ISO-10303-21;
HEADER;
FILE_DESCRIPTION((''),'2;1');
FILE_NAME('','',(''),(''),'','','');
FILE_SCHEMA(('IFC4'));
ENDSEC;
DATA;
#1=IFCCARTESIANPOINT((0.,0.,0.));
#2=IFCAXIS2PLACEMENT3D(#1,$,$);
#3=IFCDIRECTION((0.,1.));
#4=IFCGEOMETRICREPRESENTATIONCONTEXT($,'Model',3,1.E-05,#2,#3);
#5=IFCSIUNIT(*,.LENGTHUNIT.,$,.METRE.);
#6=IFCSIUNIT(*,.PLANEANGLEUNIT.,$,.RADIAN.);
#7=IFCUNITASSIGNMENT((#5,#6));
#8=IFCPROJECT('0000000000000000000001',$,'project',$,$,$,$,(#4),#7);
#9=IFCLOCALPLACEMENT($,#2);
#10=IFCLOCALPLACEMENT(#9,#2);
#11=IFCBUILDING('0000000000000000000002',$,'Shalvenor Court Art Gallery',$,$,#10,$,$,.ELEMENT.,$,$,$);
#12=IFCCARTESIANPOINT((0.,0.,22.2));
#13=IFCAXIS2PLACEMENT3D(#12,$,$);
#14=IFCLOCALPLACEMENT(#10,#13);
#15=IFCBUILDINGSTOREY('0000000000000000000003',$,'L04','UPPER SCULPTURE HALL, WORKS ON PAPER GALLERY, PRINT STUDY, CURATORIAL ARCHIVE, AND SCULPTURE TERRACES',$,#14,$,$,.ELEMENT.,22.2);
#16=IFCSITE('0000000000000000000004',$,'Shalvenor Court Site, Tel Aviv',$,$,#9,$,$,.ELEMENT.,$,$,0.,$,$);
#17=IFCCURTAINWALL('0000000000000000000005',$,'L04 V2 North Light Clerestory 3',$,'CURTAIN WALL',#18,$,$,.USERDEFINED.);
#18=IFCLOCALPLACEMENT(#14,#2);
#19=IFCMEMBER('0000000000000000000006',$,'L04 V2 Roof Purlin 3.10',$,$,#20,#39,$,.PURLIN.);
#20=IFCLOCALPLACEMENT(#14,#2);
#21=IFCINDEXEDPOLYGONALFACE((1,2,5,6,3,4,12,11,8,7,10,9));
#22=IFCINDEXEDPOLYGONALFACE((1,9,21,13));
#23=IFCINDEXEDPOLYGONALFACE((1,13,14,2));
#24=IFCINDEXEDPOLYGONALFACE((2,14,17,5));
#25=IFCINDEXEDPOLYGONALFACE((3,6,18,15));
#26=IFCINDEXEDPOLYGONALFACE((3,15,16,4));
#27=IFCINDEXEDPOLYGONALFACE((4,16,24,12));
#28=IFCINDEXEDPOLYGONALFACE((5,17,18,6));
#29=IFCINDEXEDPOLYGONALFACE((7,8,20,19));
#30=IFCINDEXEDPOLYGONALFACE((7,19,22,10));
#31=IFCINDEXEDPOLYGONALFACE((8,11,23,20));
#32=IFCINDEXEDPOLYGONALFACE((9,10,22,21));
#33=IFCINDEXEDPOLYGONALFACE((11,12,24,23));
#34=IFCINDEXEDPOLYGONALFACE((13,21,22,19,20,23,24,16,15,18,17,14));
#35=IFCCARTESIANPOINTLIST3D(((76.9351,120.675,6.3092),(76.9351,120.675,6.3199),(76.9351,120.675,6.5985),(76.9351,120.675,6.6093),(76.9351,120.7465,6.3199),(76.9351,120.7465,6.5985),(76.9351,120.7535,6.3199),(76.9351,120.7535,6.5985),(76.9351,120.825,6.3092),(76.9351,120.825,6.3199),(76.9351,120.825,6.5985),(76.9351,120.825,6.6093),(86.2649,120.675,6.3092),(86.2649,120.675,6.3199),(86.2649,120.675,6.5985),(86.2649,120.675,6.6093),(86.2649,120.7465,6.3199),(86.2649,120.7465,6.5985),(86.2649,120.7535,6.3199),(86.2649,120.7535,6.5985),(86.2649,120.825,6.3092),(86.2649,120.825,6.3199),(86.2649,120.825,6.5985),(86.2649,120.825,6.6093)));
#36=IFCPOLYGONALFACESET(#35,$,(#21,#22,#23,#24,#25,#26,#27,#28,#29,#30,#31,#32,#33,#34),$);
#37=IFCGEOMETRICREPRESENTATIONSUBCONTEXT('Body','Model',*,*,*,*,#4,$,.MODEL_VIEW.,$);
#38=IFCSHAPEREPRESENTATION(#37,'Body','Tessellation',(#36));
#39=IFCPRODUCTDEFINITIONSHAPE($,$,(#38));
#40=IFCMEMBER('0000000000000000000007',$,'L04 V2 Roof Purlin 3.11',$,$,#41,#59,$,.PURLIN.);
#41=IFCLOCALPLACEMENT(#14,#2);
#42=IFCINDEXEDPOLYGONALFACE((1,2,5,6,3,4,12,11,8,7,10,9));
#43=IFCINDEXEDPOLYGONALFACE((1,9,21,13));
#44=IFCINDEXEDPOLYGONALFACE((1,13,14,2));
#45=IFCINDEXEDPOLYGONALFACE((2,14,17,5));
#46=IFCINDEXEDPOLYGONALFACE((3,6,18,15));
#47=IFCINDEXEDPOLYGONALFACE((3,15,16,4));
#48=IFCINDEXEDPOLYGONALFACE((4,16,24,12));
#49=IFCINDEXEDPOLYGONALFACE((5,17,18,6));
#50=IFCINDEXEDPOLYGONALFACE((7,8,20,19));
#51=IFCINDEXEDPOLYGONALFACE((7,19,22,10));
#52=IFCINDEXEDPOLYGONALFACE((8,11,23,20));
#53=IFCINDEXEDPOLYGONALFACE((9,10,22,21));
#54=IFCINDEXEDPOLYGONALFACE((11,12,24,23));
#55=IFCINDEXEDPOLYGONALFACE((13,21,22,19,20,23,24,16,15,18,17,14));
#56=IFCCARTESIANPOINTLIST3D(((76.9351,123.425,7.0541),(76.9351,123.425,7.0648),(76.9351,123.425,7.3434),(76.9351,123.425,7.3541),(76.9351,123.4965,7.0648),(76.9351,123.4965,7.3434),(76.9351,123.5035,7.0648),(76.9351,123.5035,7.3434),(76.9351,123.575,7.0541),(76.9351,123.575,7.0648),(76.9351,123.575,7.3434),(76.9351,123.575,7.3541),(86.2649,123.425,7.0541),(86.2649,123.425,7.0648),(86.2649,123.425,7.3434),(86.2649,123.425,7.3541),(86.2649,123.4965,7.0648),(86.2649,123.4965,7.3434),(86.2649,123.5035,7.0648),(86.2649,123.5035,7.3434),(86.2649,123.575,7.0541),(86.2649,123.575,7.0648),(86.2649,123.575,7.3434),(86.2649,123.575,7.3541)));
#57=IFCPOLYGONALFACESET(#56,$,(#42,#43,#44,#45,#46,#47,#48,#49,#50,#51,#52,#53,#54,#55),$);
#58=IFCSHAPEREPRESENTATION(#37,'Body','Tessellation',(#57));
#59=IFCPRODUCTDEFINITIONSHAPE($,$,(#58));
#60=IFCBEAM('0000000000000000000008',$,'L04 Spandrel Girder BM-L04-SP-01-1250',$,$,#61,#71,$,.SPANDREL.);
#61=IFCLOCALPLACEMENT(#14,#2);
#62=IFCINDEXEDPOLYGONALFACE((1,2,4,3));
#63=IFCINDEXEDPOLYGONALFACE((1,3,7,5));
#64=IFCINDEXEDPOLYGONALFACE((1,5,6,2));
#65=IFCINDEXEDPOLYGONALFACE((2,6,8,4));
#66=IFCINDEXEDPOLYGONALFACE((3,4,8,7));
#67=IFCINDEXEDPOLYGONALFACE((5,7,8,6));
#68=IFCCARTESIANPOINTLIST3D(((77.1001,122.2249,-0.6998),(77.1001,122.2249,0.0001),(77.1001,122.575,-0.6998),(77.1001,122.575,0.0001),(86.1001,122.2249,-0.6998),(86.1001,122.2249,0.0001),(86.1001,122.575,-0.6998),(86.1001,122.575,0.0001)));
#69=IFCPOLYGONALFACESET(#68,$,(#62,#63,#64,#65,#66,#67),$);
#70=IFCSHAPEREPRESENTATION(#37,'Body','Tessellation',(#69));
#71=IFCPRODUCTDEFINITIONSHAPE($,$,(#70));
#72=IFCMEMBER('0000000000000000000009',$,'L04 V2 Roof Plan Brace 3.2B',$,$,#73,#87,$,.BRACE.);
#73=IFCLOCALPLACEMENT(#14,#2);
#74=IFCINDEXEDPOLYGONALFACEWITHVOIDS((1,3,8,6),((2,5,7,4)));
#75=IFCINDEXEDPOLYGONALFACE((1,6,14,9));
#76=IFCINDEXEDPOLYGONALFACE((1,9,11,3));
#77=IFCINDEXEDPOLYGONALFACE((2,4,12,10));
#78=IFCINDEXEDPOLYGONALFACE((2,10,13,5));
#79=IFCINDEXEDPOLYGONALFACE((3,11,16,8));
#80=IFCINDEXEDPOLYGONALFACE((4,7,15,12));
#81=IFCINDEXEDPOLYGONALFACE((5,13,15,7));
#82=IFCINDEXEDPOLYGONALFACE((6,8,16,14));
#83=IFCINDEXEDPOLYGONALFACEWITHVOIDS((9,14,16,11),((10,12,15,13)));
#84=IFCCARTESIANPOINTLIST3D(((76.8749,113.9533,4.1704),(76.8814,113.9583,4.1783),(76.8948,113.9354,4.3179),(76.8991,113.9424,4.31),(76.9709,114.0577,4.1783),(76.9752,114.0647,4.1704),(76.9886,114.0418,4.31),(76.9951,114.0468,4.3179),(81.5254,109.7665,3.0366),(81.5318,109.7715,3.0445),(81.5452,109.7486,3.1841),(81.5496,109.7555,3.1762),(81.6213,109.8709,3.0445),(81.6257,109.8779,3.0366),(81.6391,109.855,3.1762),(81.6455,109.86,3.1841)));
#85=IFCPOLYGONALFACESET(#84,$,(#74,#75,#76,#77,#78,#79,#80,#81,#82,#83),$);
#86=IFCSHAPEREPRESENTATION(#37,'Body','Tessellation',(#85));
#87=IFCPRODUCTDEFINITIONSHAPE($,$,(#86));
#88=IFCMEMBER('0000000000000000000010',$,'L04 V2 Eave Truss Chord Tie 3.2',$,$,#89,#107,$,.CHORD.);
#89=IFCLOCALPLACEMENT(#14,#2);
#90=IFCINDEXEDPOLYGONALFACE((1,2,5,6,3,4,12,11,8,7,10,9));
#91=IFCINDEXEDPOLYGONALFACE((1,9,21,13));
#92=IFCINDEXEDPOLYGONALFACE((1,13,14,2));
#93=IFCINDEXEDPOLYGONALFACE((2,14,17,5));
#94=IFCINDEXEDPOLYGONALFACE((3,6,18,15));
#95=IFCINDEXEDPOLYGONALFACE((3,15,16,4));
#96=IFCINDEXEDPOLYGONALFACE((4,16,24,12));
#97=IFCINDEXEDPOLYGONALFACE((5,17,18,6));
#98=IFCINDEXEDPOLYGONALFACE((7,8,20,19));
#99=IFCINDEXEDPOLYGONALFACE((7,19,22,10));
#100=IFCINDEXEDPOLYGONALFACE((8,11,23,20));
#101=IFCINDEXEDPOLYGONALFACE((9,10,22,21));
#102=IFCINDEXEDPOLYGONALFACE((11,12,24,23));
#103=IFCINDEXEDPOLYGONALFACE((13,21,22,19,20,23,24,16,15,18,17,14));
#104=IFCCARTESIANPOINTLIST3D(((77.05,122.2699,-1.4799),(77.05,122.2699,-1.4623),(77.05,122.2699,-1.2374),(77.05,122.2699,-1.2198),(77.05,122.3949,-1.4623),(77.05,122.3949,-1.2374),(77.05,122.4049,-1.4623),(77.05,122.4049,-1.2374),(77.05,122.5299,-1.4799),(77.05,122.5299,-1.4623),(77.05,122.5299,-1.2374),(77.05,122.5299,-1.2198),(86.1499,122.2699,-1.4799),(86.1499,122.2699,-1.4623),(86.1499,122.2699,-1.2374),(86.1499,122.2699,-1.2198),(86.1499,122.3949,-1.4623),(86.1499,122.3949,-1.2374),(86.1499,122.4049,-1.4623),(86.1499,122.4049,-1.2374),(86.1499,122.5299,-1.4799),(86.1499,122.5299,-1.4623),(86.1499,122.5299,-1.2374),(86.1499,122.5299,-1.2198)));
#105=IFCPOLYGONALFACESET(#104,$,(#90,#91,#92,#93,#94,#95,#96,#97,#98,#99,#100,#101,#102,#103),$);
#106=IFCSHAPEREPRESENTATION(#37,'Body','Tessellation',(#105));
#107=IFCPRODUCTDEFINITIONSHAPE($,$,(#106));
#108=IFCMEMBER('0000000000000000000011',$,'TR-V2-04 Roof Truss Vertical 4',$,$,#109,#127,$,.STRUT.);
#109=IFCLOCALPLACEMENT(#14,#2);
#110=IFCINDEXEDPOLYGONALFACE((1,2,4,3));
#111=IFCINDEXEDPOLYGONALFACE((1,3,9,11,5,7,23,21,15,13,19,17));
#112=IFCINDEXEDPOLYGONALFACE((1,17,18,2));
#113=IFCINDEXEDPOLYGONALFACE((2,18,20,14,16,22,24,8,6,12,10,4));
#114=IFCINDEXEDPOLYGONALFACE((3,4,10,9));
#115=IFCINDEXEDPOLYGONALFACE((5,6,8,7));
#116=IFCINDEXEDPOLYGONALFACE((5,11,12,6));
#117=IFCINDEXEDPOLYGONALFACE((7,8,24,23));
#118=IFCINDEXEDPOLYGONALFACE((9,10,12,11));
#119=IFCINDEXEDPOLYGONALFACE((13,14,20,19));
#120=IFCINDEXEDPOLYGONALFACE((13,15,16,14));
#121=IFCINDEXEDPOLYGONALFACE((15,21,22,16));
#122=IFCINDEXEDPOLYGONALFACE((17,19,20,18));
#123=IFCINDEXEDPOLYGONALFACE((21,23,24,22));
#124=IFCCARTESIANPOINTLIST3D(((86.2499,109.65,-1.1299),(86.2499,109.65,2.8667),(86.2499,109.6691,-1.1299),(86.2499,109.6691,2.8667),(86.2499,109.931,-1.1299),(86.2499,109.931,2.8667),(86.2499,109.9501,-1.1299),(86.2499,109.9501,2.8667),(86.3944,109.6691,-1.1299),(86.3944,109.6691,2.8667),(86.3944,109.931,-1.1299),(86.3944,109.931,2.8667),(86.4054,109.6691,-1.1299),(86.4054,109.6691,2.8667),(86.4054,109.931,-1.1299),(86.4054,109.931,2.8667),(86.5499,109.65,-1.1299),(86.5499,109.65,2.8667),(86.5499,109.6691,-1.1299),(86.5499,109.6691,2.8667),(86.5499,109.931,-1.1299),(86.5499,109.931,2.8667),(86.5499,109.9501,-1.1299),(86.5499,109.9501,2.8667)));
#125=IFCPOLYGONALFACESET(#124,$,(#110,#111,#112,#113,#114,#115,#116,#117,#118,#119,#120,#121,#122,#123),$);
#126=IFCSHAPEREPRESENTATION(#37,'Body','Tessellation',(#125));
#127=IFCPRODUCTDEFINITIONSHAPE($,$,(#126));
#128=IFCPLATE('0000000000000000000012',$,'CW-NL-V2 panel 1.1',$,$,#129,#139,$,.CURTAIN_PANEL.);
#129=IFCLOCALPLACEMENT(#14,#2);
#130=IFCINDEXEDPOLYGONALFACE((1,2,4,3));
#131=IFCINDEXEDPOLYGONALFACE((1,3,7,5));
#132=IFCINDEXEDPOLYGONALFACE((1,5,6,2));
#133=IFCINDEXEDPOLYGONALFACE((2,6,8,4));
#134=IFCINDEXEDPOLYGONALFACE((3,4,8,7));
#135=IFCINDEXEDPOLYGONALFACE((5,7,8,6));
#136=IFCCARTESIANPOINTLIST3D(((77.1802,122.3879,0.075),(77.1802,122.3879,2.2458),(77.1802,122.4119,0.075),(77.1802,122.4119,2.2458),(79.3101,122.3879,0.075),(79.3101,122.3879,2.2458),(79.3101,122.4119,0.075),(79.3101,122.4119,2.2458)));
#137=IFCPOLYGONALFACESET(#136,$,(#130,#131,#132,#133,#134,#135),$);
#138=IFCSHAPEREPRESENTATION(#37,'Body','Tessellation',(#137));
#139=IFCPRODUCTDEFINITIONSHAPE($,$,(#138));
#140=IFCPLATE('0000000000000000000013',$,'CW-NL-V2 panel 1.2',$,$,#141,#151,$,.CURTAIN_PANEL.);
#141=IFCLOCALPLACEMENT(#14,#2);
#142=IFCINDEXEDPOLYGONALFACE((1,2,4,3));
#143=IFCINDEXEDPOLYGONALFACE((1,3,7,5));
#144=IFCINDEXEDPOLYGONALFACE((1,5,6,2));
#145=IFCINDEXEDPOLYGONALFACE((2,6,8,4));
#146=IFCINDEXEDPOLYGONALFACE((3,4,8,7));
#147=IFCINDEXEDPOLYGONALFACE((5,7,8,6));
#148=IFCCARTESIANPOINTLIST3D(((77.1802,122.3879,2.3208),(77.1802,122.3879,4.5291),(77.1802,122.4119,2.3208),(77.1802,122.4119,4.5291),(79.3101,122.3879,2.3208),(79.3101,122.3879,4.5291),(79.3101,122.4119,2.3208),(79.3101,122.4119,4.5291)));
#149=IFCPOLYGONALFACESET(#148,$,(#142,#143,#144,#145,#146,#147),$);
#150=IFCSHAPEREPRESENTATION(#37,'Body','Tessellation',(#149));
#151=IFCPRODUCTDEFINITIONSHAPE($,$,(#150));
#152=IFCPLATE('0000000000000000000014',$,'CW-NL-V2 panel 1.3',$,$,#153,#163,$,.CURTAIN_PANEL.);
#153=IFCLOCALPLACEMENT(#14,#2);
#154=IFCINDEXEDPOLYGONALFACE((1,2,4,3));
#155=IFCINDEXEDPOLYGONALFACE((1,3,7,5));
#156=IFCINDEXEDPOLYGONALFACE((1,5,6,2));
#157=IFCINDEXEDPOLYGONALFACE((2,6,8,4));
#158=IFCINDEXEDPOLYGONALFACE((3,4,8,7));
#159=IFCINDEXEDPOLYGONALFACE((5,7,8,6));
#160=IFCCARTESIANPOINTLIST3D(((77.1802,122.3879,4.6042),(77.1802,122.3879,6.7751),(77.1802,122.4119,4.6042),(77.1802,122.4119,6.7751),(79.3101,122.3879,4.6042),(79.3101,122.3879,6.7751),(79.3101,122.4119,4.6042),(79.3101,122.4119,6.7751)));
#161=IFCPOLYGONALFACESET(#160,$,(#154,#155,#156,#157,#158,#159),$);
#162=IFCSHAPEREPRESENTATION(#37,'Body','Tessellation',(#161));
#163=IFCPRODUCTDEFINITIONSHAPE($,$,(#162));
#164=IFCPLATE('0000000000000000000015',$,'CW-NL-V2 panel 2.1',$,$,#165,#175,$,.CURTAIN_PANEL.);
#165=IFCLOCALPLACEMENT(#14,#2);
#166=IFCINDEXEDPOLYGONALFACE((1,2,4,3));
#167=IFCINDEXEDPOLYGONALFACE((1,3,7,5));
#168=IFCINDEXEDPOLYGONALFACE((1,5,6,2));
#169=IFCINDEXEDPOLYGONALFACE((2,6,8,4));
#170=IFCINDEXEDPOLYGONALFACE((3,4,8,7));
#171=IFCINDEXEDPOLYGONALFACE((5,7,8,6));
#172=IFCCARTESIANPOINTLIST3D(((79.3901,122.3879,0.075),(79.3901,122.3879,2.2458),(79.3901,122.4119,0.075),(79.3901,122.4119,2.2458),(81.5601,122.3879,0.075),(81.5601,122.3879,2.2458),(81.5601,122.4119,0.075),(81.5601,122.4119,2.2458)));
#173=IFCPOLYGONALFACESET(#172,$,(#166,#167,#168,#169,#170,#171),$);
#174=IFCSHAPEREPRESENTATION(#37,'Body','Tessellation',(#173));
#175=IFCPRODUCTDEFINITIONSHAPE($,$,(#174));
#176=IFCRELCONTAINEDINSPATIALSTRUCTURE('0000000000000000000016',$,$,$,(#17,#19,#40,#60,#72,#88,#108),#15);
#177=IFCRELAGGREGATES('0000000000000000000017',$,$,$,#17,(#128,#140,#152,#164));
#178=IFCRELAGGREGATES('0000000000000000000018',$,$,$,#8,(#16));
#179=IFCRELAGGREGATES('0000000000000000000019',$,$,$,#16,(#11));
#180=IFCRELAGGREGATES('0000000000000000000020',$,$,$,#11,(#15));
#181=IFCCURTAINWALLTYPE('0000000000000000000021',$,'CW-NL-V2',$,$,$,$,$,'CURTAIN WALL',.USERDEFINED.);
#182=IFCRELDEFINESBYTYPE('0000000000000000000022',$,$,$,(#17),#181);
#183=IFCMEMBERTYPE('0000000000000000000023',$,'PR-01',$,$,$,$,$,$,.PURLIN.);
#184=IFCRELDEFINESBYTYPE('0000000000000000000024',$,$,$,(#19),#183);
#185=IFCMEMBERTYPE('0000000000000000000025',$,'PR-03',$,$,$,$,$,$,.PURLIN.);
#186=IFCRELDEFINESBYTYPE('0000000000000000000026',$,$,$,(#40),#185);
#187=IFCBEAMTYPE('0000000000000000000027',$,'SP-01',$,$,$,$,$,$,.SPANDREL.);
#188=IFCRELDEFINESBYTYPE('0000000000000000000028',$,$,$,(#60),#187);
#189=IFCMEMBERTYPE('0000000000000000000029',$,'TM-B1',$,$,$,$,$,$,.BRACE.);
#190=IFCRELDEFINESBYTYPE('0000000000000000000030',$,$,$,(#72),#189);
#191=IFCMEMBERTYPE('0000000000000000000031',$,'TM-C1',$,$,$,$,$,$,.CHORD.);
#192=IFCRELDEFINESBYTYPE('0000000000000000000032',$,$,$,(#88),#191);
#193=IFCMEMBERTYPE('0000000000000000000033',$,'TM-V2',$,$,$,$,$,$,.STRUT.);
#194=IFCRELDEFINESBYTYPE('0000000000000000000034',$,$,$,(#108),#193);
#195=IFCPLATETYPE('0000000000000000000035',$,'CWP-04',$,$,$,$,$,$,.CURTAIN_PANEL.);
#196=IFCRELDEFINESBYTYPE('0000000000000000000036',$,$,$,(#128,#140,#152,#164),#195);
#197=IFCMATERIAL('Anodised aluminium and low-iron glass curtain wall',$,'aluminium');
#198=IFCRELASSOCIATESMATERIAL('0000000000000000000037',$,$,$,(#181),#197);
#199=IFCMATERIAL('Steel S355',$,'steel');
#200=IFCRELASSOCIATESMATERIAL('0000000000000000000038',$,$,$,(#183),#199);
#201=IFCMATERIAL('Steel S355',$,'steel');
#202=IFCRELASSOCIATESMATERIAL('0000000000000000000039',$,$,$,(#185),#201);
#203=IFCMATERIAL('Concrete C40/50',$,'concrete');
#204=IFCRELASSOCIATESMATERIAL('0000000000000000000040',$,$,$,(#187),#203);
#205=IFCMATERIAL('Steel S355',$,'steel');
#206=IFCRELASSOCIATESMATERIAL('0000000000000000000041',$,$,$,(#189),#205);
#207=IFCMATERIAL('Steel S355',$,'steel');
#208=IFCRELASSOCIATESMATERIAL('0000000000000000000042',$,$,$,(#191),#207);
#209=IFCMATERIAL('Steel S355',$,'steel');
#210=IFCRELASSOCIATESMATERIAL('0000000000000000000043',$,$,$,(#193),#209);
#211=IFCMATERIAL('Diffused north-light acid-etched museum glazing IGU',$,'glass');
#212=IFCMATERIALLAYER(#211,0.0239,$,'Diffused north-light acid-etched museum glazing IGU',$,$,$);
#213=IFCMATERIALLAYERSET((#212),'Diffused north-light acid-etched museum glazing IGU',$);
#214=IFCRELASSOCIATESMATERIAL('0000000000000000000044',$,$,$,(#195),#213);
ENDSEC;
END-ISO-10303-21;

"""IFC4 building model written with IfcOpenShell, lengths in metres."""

from ifc_helpers import new_model, si_unit, direction, frame, origin, origin_2d, place, context, subcontext, project, spatial, rectangle, hollow_rectangle, i_section, extrude, material, layer, layer_set, material_profile, profile_set, type_object, element, aggregate, save


model = new_model("IFC4")

# Units and contexts
model_context = context("Model", 3, precision=1e-05, world=origin(), true_north=direction((0.0, 1.0)))
body_context = subcontext(model_context, "Body", "Model", "MODEL_VIEW")
ifc_project = project(units=[si_unit("LENGTHUNIT", "METRE"), si_unit("PLANEANGLEUNIT", "RADIAN")], contexts=[model_context])

# Site, building, storey
site_placement = place(None, origin())
site = spatial("IfcSite", under=ifc_project, at=site_placement, Name="Shalvenor Court Site, Tel Aviv", CompositionType="ELEMENT", RefElevation=0.0)
building_placement = place(site_placement, origin())
building = spatial("IfcBuilding", under=site, at=building_placement, Name="Shalvenor Court Art Gallery", CompositionType="ELEMENT")
storey_placement = place(building_placement, frame((0.0, 0.0, 22.2)))
storey = spatial("IfcBuildingStorey", under=building, at=storey_placement, Name="L04", Description="UPPER SCULPTURE HALL, WORKS ON PAPER GALLERY, PRINT STUDY, CURATORIAL ARCHIVE, AND SCULPTURE TERRACES", CompositionType="ELEMENT", Elevation=22.2)

# Curtain wall
ifc_material_1 = material(Name="Anodised aluminium and low-iron glass curtain wall", Category="aluminium")
curtain_wall_type = type_object("IfcCurtainWallType", Name="CW-NL-V2", ElementType="CURTAIN WALL", PredefinedType="USERDEFINED", material=ifc_material_1)
curtain_wall_placement = place(storey_placement, origin())
curtain_wall = element("IfcCurtainWall", 1, at=curtain_wall_placement, inside=storey, type_object=curtain_wall_type, Name="L04 V2 North Light Clerestory 3", ObjectType="CURTAIN WALL", PredefinedType="USERDEFINED")

# Members
ifc_material_2 = material(Name="Steel S355", Category="steel")
ifc_material_profile_1 = material_profile(ifc_material_2, i_section(OverallWidth=0.1499, OverallDepth=0.3, WebThickness=0.0071, FlangeThickness=0.0107, at=origin_2d()), Name="IPE 300")
ifc_profile_set_1 = profile_set([ifc_material_profile_1], Name="Steel S355")
member_type_1 = type_object("IfcMemberType", Name="PR-01", PredefinedType="PURLIN", material=ifc_profile_set_1)
for number, where, z_axis, x_axis, name in (
    (2, (76.9351, 120.75, 6.4592), (1.0, 0.0, 0.0), (0.0, 1.0, 0.0), "L04 V2 Roof Purlin 3.10"),
):
    element("IfcMember", number, at=place(storey_placement, frame(where, z_axis=z_axis, x_axis=x_axis)), inside=storey, type_object=member_type_1, Name=name, PredefinedType="PURLIN", context=body_context, shape_type="SweptSolid", body=[
        extrude(i_section(OverallWidth=0.1499, OverallDepth=0.3, WebThickness=0.0071, FlangeThickness=0.0107, at=origin_2d()), origin(), (0.0, 0.0, 1.0), 9.3298),
    ])
ifc_material_3 = material(Name="Steel S355", Category="steel")
ifc_material_profile_2 = material_profile(ifc_material_3, i_section(OverallWidth=0.1499, OverallDepth=0.3, WebThickness=0.0071, FlangeThickness=0.0107, at=origin_2d()), Name="IPE 300")
ifc_profile_set_2 = profile_set([ifc_material_profile_2], Name="Steel S355")
member_type_2 = type_object("IfcMemberType", Name="PR-03", PredefinedType="PURLIN", material=ifc_profile_set_2)
member_1_placement = place(storey_placement, frame((76.9351, 123.5, 7.2041), z_axis=(1.0, 0.0, 0.0), x_axis=(0.0, 1.0, 0.0)))
element("IfcMember", 3, at=member_1_placement, inside=storey, type_object=member_type_2, Name="L04 V2 Roof Purlin 3.11", PredefinedType="PURLIN", context=body_context, shape_type="SweptSolid", body=[
    extrude(i_section(OverallWidth=0.1499, OverallDepth=0.3, WebThickness=0.0071, FlangeThickness=0.0107, at=origin_2d()), origin(), (0.0, 0.0, 1.0), 9.3298),
])

# Beam
ifc_material_4 = material(Name="Concrete C40/50", Category="concrete")
ifc_material_profile_3 = material_profile(ifc_material_4, rectangle(XDim=0.3501, YDim=0.7, at=origin_2d()), Name="RC 350x700")
ifc_profile_set_3 = profile_set([ifc_material_profile_3], Name="Concrete C40/50")
beam_type = type_object("IfcBeamType", Name="SP-01", PredefinedType="SPANDREL", material=ifc_profile_set_3)
beam_placement = place(storey_placement, frame((77.1001, 122.3999, -0.3499), z_axis=(1.0, 0.0, 0.0), x_axis=(0.0, 1.0, 0.0)))
element("IfcBeam", 4, at=beam_placement, inside=storey, type_object=beam_type, Name="L04 Spandrel Girder BM-L04-SP-01-1250", PredefinedType="SPANDREL", context=body_context, shape_type="SweptSolid", body=[
    extrude(rectangle(XDim=0.3501, YDim=0.7, at=origin_2d()), origin(), (0.0, 0.0, 1.0), 9.0),
])

# Members
ifc_material_5 = material(Name="Steel S355", Category="steel")
ifc_material_profile_4 = material_profile(ifc_material_5, hollow_rectangle(XDim=0.1499, YDim=0.1499, WallThickness=0.0081, at=origin_2d()), Name="SHS 150x150x8.0")
ifc_profile_set_4 = profile_set([ifc_material_profile_4], Name="Steel S355")
member_type_3 = type_object("IfcMemberType", Name="TM-B1", PredefinedType="BRACE", material=ifc_profile_set_4)
member_2_placement = place(storey_placement, frame((81.5854, 109.8132, 3.1104), z_axis=(-0.731275, 0.65837, 0.178288), x_axis=(-0.66909, -0.743182, 0.0)))
element("IfcMember", 5, at=member_2_placement, inside=storey, type_object=member_type_3, Name="L04 V2 Roof Plan Brace 3.2B", PredefinedType="BRACE", context=body_context, shape_type="SweptSolid", body=[
    extrude(hollow_rectangle(XDim=0.1499, YDim=0.1499, WallThickness=0.0081, at=origin_2d()), origin(), (0.0, 0.0, 1.0), 6.3594),
])
ifc_material_6 = material(Name="Steel S355", Category="steel")
ifc_material_profile_5 = material_profile(ifc_material_6, i_section(OverallWidth=0.26, OverallDepth=0.26, WebThickness=0.01, FlangeThickness=0.0176, at=origin_2d()), Name="HEB 260")
ifc_profile_set_5 = profile_set([ifc_material_profile_5], Name="Steel S355")
member_type_4 = type_object("IfcMemberType", Name="TM-C1", PredefinedType="CHORD", material=ifc_profile_set_5)
member_3_placement = place(storey_placement, frame((77.05, 122.3999, -1.3499), z_axis=(1.0, 0.0, 0.0), x_axis=(0.0, 1.0, 0.0)))
element("IfcMember", 6, at=member_3_placement, inside=storey, type_object=member_type_4, Name="L04 V2 Eave Truss Chord Tie 3.2", PredefinedType="CHORD", context=body_context, shape_type="SweptSolid", body=[
    extrude(i_section(OverallWidth=0.26, OverallDepth=0.26, WebThickness=0.01, FlangeThickness=0.0176, at=origin_2d()), origin(), (0.0, 0.0, 1.0), 9.0999),
])
ifc_material_7 = material(Name="Steel S355", Category="steel")
ifc_material_profile_6 = material_profile(ifc_material_7, i_section(OverallWidth=0.3, OverallDepth=0.3, WebThickness=0.011, FlangeThickness=0.019, at=origin_2d()), Name="HEB 300")
ifc_profile_set_6 = profile_set([ifc_material_profile_6], Name="Steel S355")
member_type_5 = type_object("IfcMemberType", Name="TM-V2", PredefinedType="STRUT", material=ifc_profile_set_6)
member_4_placement = place(storey_placement, frame((86.3999, 109.8, -1.1299), z_axis=(0.0, 0.0, 1.0), x_axis=(1.0, 0.0, 0.0)))
element("IfcMember", 7, at=member_4_placement, inside=storey, type_object=member_type_5, Name="TR-V2-04 Roof Truss Vertical 4", PredefinedType="STRUT", context=body_context, shape_type="SweptSolid", body=[
    extrude(i_section(OverallWidth=0.3, OverallDepth=0.3, WebThickness=0.011, FlangeThickness=0.019, at=origin_2d()), origin(), (0.0, 0.0, 1.0), 3.9966),
])

# Plates
ifc_material_8 = material(Name="Diffused north-light acid-etched museum glazing IGU", Category="glass")
ifc_layer_1 = layer(ifc_material_8, 0.0239, Name="Diffused north-light acid-etched museum glazing IGU")
ifc_layer_set_1 = layer_set([ifc_layer_1], Name="Diffused north-light acid-etched museum glazing IGU")
plate_type_1 = type_object("IfcPlateType", Name="CWP-04", PredefinedType="CURTAIN_PANEL", material=ifc_layer_set_1)
plate_1_placement = place(storey_placement, frame((78.2451, 122.3999, 0.075), z_axis=(0.0, 0.0, 1.0), x_axis=(1.0, 0.0, 0.0)))
plate_1 = element("IfcPlate", 8, at=plate_1_placement, type_object=plate_type_1, Name="CW-NL-V2 panel 1.1", PredefinedType="CURTAIN_PANEL", context=body_context, shape_type="SweptSolid", body=[
    extrude(rectangle(XDim=2.1299, YDim=0.0239, at=origin_2d()), origin(), (0.0, 0.0, 1.0), 2.1709),
])
plate_2_placement = place(storey_placement, frame((78.2451, 122.3999, 2.3208), z_axis=(0.0, 0.0, 1.0), x_axis=(1.0, 0.0, 0.0)))
plate_2 = element("IfcPlate", 9, at=plate_2_placement, type_object=plate_type_1, Name="CW-NL-V2 panel 1.2", PredefinedType="CURTAIN_PANEL", context=body_context, shape_type="SweptSolid", body=[
    extrude(rectangle(XDim=2.1299, YDim=0.0239, at=origin_2d()), origin(), (0.0, 0.0, 1.0), 2.2083),
])
plate_3_placement = place(storey_placement, frame((78.2451, 122.3999, 4.6042), z_axis=(0.0, 0.0, 1.0), x_axis=(1.0, 0.0, 0.0)))
plate_3 = element("IfcPlate", 10, at=plate_3_placement, type_object=plate_type_1, Name="CW-NL-V2 panel 1.3", PredefinedType="CURTAIN_PANEL", context=body_context, shape_type="SweptSolid", body=[
    extrude(rectangle(XDim=2.1299, YDim=0.0239, at=origin_2d()), origin(), (0.0, 0.0, 1.0), 2.1709),
])
plate_4_placement = place(storey_placement, frame((80.4751, 122.3999, 0.075), z_axis=(0.0, 0.0, 1.0), x_axis=(1.0, 0.0, 0.0)))
plate_4 = element("IfcPlate", 11, at=plate_4_placement, type_object=plate_type_1, Name="CW-NL-V2 panel 2.1", PredefinedType="CURTAIN_PANEL", context=body_context, shape_type="SweptSolid", body=[
    extrude(rectangle(XDim=2.1699, YDim=0.0239, at=origin_2d()), origin(), (0.0, 0.0, 1.0), 2.1709),
])
aggregate(curtain_wall, [plate_1, plate_2, plate_3, plate_4])

save(model, "model.ifc")
